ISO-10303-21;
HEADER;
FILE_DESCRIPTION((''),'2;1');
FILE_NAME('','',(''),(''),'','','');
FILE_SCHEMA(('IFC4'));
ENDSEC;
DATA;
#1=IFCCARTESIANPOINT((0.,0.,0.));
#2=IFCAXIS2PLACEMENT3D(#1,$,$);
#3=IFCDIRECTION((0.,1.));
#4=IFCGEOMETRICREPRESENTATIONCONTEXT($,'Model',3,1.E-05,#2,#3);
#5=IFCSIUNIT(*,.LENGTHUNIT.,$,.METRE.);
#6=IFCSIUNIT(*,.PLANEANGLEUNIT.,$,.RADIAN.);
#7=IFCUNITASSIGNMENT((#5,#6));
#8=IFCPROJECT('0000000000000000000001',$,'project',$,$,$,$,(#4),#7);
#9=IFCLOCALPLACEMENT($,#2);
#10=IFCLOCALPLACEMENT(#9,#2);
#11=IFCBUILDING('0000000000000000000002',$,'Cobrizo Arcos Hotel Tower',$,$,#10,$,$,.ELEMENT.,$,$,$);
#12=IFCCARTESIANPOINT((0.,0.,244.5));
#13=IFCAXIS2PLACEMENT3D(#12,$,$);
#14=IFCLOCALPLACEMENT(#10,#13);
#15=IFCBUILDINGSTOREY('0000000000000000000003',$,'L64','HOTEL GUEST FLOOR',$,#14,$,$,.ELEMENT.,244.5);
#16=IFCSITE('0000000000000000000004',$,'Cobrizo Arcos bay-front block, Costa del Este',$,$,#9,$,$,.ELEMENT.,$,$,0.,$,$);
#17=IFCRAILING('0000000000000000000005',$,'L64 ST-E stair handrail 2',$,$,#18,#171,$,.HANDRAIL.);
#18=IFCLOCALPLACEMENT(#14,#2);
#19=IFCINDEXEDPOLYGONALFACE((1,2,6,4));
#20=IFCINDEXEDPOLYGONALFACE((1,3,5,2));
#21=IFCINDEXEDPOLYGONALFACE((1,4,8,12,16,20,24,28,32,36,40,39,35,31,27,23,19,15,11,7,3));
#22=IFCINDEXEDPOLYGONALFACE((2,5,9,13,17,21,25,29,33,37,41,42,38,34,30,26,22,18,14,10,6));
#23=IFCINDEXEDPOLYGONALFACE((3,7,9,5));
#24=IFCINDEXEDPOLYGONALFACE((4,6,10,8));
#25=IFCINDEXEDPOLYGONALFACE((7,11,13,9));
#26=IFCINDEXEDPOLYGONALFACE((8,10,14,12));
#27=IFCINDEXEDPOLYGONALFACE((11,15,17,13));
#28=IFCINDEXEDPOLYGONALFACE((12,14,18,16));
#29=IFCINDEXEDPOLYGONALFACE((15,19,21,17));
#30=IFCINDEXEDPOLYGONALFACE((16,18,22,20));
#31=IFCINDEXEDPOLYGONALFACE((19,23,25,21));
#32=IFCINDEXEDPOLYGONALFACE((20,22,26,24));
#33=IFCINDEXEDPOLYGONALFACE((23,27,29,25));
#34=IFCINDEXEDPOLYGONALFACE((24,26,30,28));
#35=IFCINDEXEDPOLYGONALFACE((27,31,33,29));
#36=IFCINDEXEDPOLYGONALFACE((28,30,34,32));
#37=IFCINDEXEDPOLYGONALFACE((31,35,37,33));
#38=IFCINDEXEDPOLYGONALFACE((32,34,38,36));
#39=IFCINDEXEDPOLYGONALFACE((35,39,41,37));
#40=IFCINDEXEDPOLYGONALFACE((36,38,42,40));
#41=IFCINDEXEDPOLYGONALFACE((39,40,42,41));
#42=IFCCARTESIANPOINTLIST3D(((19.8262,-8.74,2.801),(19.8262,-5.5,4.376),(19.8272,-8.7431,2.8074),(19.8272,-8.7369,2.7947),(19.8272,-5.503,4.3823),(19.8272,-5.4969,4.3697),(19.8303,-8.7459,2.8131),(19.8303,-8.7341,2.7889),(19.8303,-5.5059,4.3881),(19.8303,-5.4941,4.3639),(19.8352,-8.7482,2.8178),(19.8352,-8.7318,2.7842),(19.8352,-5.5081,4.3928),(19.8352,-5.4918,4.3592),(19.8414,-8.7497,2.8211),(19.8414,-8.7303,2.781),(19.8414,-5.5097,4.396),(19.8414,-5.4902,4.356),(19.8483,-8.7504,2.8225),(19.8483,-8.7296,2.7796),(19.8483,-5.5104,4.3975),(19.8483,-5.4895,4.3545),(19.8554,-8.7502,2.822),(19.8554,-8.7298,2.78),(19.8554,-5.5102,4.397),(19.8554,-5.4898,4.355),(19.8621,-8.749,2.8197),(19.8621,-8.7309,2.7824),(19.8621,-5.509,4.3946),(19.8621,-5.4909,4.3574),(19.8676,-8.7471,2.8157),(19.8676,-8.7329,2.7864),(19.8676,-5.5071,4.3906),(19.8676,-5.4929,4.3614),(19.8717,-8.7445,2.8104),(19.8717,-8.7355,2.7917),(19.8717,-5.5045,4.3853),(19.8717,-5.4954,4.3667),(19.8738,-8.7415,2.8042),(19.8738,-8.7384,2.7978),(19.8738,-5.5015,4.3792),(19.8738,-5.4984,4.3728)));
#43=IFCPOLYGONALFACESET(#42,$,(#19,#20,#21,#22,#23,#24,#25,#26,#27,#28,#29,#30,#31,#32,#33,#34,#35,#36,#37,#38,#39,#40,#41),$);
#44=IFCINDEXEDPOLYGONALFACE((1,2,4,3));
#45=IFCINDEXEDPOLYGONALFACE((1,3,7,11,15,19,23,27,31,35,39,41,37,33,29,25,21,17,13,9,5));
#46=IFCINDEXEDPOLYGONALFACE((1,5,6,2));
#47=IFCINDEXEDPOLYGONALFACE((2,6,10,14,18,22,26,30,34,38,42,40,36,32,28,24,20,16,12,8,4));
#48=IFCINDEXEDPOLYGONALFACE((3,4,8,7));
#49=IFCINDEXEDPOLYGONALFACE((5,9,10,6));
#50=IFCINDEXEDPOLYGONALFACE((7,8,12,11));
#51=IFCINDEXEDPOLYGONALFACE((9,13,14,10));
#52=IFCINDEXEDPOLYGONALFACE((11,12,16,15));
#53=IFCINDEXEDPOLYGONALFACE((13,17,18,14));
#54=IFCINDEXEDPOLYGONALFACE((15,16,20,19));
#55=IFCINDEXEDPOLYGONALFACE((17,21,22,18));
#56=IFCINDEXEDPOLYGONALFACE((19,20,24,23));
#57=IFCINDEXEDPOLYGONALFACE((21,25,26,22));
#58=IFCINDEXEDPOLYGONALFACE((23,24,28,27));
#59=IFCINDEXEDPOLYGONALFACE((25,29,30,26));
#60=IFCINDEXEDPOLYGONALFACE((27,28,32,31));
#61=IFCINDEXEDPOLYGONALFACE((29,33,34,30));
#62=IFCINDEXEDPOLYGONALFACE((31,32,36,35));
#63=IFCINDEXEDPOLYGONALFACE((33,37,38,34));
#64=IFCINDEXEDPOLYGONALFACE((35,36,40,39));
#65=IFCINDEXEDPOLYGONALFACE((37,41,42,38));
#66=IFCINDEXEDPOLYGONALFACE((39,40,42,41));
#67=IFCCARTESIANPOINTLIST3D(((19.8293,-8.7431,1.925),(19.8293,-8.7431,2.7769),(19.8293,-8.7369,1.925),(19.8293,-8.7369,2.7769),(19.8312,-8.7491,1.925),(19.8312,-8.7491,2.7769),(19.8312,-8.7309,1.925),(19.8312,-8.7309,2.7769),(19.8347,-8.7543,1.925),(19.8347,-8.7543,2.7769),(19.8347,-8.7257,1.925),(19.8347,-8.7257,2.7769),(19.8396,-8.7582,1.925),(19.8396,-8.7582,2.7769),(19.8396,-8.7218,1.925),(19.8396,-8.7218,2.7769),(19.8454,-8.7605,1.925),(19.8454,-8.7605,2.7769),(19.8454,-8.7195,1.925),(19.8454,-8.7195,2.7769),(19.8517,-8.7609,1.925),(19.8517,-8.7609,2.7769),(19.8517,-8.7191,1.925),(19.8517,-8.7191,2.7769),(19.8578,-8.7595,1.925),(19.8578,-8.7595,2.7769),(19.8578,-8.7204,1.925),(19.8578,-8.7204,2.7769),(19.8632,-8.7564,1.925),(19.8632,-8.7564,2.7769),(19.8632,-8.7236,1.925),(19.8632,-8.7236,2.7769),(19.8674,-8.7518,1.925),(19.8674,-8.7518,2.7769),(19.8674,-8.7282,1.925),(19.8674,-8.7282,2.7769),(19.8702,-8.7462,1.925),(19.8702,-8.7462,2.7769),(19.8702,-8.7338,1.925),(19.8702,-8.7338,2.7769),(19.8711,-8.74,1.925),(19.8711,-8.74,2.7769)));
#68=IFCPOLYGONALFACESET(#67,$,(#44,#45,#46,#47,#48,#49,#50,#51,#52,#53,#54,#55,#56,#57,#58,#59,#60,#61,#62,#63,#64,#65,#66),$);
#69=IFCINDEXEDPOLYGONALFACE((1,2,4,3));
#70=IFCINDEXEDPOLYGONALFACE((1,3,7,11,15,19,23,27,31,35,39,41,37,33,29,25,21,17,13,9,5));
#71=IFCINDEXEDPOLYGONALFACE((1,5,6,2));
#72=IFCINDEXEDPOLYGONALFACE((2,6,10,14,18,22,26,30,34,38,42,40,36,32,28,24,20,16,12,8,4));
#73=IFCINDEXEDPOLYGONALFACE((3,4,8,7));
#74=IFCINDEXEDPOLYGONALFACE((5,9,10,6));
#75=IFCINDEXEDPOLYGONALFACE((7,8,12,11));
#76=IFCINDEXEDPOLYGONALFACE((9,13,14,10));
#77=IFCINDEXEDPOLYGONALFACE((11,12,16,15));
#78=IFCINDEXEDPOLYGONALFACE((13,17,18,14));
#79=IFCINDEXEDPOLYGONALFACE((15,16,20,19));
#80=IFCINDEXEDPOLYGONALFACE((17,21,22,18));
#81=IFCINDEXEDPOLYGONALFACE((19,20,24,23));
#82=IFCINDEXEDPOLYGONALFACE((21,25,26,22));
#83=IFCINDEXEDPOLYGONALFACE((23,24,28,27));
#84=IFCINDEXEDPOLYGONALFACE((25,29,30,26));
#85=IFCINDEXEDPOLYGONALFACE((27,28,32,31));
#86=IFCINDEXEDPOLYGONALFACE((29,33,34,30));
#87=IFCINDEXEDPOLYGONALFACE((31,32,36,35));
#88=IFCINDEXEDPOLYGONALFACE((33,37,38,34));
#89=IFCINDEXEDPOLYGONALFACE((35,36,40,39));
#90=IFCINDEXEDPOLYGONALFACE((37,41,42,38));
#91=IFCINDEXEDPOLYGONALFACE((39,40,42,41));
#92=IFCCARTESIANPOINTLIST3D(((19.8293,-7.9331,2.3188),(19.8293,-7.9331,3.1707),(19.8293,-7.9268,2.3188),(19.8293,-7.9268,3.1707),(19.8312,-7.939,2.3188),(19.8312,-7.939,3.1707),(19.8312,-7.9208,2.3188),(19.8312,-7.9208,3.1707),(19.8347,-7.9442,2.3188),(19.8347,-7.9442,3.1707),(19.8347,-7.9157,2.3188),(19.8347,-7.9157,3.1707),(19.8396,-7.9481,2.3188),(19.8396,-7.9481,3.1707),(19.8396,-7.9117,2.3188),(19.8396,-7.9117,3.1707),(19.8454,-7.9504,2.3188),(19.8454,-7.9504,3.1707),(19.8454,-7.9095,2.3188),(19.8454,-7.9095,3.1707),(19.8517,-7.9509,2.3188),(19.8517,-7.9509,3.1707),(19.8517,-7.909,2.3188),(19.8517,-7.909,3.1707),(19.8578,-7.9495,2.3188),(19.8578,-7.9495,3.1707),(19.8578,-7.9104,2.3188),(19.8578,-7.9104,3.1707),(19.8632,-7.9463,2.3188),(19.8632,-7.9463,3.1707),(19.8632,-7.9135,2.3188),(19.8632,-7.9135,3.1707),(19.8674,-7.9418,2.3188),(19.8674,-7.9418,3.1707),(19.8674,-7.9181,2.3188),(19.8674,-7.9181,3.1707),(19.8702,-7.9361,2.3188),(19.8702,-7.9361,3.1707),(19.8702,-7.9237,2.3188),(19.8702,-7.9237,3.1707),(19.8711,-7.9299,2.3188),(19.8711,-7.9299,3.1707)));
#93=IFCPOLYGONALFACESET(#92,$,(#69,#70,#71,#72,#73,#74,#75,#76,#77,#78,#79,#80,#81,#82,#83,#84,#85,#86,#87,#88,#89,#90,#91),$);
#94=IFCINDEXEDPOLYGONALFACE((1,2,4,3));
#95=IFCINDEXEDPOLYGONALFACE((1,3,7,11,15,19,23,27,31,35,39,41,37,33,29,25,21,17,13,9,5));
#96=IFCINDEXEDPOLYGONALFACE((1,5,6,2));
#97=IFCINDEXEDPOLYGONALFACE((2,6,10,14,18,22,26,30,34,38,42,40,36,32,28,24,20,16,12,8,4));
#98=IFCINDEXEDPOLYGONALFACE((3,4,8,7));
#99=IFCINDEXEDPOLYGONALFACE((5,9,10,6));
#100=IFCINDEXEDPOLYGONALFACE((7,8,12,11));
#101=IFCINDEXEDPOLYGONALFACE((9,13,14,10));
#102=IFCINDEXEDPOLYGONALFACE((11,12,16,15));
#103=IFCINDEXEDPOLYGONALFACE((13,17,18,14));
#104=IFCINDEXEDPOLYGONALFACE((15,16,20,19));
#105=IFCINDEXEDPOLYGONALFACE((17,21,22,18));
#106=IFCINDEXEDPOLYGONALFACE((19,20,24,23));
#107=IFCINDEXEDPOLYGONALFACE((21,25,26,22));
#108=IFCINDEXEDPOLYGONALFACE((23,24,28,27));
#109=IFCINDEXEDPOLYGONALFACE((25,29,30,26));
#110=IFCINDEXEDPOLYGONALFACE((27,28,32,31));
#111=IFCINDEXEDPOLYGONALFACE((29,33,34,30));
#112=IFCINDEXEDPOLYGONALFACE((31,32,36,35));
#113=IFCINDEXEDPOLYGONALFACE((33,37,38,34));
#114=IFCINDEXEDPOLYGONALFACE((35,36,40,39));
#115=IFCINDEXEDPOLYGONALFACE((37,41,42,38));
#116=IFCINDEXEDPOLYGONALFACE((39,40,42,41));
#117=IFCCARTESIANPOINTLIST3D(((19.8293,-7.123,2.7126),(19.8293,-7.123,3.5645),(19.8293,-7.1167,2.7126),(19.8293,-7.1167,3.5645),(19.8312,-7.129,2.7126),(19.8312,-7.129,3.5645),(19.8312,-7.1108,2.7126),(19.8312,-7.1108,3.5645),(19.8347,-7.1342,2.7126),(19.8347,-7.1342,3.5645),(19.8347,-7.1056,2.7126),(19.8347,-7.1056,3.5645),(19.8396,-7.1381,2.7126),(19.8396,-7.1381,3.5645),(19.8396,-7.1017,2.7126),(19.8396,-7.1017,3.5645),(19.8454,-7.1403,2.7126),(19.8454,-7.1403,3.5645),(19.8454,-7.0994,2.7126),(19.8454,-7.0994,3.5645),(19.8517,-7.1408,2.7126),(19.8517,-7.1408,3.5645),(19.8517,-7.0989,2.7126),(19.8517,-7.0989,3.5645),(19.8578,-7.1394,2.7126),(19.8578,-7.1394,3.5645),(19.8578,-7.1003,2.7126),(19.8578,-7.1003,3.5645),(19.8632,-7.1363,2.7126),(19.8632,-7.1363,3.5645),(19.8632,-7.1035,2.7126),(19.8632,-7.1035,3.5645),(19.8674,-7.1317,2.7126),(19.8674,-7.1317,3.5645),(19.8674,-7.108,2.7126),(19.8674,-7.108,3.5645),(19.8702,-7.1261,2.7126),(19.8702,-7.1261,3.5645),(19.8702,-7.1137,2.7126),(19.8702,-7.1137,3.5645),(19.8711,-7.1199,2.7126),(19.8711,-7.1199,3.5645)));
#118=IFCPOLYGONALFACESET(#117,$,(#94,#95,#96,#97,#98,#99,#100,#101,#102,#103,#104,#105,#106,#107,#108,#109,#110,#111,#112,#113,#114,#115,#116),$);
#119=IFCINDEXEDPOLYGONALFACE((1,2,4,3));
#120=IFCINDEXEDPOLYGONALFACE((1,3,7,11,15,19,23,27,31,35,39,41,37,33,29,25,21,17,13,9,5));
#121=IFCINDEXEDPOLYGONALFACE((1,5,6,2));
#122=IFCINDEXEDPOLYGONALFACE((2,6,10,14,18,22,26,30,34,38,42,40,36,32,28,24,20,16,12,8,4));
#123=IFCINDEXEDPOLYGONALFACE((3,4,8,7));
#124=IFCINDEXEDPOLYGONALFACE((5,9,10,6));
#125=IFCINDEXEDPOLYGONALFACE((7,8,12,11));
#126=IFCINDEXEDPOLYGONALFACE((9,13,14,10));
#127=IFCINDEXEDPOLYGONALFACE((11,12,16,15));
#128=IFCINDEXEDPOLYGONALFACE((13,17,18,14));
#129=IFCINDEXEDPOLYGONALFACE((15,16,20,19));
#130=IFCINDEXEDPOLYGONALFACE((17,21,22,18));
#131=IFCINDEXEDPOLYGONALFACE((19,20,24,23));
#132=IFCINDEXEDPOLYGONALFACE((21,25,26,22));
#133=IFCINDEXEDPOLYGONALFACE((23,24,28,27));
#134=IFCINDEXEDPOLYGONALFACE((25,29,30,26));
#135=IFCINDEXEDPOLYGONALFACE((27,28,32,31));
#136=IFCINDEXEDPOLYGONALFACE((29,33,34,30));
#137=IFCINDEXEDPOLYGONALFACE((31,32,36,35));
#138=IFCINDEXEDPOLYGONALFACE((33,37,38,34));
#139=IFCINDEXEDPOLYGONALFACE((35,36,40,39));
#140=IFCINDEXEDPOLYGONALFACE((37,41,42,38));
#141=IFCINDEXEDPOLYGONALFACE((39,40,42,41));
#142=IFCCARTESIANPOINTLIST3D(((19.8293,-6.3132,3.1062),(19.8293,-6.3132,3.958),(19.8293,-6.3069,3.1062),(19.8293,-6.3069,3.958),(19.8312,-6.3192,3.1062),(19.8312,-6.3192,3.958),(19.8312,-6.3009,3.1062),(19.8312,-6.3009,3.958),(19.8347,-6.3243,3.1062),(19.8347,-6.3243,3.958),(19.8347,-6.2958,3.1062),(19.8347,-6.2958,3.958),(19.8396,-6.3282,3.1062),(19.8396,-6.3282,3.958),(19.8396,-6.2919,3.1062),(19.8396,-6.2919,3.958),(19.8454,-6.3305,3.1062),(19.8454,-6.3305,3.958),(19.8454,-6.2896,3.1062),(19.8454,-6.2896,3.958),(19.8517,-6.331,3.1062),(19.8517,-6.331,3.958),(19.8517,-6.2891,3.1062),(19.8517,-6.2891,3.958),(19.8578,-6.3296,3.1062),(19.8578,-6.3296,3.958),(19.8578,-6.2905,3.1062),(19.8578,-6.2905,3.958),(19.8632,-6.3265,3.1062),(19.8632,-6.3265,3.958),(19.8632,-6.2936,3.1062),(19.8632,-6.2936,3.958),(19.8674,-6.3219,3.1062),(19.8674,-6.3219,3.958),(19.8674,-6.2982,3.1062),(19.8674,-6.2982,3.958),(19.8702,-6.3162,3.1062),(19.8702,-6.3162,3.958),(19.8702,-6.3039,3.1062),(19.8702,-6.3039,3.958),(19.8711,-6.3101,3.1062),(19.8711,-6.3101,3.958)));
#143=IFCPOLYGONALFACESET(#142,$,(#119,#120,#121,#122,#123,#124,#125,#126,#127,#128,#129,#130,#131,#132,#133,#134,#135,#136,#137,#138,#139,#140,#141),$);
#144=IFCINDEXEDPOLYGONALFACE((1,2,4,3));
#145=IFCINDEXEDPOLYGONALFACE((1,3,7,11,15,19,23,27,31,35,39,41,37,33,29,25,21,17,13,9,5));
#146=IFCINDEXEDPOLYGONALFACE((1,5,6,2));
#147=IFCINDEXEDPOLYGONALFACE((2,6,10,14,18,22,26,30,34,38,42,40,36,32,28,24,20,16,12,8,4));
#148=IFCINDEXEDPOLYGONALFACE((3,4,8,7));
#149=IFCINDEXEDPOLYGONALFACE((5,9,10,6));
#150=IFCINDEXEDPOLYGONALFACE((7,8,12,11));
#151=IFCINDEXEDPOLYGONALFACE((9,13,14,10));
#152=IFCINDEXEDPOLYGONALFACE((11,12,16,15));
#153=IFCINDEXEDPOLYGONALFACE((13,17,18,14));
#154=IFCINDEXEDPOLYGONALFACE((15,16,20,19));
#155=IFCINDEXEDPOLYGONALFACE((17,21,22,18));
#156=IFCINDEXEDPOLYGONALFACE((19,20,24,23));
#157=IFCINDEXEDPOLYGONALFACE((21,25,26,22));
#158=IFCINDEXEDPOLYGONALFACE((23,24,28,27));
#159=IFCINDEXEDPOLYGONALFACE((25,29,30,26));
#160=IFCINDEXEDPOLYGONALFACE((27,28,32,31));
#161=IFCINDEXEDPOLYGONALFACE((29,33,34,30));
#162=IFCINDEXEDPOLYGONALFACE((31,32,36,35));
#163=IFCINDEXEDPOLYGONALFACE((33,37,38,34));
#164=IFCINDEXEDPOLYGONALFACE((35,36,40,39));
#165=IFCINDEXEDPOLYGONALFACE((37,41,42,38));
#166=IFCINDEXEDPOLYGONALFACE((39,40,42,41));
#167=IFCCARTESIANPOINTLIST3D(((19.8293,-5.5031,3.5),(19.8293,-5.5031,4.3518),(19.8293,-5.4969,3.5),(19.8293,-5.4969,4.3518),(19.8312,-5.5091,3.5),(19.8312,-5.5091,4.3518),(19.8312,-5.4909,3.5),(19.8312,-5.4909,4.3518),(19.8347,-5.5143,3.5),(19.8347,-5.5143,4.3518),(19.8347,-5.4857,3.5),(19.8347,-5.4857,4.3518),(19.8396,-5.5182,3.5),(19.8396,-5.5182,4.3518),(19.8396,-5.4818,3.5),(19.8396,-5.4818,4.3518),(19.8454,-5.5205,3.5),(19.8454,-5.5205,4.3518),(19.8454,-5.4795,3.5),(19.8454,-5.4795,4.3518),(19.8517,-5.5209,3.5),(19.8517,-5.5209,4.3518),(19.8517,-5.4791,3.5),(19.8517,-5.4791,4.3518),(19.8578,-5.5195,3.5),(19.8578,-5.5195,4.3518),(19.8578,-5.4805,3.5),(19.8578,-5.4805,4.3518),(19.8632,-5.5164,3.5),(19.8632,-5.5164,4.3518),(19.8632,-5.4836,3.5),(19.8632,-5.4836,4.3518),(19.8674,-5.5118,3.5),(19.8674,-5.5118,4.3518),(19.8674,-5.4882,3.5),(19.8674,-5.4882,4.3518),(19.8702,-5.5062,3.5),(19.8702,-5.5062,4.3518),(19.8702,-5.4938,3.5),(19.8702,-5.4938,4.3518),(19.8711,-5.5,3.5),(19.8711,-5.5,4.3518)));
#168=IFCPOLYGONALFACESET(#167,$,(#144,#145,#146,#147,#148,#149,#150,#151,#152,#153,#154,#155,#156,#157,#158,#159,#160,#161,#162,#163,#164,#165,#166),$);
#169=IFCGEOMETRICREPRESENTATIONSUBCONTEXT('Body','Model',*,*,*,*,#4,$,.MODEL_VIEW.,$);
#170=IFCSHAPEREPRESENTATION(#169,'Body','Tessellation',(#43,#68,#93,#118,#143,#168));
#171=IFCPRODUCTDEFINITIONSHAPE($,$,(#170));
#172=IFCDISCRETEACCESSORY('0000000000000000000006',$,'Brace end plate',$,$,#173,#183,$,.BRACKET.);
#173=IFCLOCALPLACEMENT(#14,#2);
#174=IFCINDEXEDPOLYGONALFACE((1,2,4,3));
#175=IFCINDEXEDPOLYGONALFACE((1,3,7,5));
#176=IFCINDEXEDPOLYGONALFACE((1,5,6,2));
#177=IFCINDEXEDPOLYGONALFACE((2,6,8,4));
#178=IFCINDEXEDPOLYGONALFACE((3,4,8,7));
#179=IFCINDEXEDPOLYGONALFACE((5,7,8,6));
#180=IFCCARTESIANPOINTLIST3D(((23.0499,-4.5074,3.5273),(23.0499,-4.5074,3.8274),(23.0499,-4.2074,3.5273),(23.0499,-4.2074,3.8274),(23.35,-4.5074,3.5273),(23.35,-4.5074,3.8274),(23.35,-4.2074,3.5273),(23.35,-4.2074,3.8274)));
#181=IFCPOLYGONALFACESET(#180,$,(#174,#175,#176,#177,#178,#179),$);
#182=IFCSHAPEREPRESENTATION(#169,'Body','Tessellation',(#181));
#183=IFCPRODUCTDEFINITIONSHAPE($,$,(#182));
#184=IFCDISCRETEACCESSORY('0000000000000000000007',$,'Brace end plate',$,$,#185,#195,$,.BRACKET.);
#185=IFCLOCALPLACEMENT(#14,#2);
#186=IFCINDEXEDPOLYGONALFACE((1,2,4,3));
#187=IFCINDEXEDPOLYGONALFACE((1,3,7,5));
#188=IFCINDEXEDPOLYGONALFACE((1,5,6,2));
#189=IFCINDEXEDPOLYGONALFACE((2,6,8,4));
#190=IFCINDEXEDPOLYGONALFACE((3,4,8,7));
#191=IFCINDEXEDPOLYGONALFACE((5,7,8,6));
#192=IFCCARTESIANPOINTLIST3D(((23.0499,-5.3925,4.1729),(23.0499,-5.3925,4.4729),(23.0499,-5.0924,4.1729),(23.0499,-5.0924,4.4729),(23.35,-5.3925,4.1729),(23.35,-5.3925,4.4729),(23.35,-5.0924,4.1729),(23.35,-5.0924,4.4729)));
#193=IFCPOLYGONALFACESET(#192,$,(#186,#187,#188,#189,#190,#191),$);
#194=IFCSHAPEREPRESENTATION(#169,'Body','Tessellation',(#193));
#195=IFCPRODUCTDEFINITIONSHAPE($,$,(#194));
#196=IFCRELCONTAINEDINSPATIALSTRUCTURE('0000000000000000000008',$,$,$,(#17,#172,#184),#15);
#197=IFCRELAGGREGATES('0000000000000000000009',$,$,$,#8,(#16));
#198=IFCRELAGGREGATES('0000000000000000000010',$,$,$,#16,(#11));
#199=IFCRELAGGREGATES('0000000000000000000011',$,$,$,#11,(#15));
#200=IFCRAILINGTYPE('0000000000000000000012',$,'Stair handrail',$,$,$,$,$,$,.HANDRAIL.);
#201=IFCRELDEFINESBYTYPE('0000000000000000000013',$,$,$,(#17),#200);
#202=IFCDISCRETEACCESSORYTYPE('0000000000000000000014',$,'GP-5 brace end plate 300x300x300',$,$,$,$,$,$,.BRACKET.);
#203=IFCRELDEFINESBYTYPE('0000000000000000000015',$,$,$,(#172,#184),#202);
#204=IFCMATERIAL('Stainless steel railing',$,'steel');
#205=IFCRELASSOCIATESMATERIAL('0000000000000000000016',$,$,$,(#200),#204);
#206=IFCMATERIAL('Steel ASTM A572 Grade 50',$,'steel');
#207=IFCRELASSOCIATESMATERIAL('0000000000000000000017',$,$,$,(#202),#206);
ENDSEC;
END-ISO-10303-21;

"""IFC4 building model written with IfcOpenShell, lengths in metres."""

from ifc_helpers import new_model, si_unit, direction, frame, origin, origin_2d, place, context, subcontext, project, spatial, rectangle, circle, extrude, material, type_object, element, save


model = new_model("IFC4")

# Units and contexts
model_context = context("Model", 3, precision=1e-05, world=origin(), true_north=direction((0.0, 1.0)))
body_context = subcontext(model_context, "Body", "Model", "MODEL_VIEW")
ifc_project = project(units=[si_unit("LENGTHUNIT", "METRE"), si_unit("PLANEANGLEUNIT", "RADIAN")], contexts=[model_context])

# Site, building, storey
site_placement = place(None, origin())
site = spatial("IfcSite", under=ifc_project, at=site_placement, Name="Cobrizo Arcos bay-front block, Costa del Este", CompositionType="ELEMENT", RefElevation=0.0)
building_placement = place(site_placement, origin())
building = spatial("IfcBuilding", under=site, at=building_placement, Name="Cobrizo Arcos Hotel Tower", CompositionType="ELEMENT")
storey_placement = place(building_placement, frame((0.0, 0.0, 244.5)))
storey = spatial("IfcBuildingStorey", under=building, at=storey_placement, Name="L64", Description="HOTEL GUEST FLOOR", CompositionType="ELEMENT", Elevation=244.5)

# Shared definitions
ifc_material_1 = material(Name="Steel ASTM A572 Grade 50", Category="steel")

# Railing
ifc_material_2 = material(Name="Stainless steel railing", Category="steel")
railing_type_1 = type_object("IfcRailingType", Name="Stair handrail", PredefinedType="HANDRAIL", material=ifc_material_2)
railing_1_placement = place(storey_placement, frame((19.8501, -8.74, 1.925)))
element("IfcRailing", 1, at=railing_1_placement, inside=storey, type_object=railing_type_1, Name="L64 ST-E stair handrail 2", PredefinedType="HANDRAIL", context=body_context, shape_type="SweptSolid", body=[
    extrude(circle(Radius=0.0239, at=origin_2d()), frame((0.0, 0.0, 0.876), z_axis=(0.0, 0.899373, 0.437183), x_axis=(-1.0, 0.0, 0.0)), (0.0, 0.0, 1.0), 3.6025),
    extrude(circle(Radius=0.021, at=origin_2d()), origin(), (0.0, 0.0, 1.0), 0.8518),
    extrude(circle(Radius=0.021, at=origin_2d()), frame((0.0, 0.8101, 0.3938)), (0.0, 0.0, 1.0), 0.8518),
    extrude(circle(Radius=0.021, at=origin_2d()), frame((0.0, 1.6201, 0.7876)), (0.0, 0.0, 1.0), 0.8518),
    extrude(circle(Radius=0.021, at=origin_2d()), frame((0.0, 2.4299, 1.1812)), (0.0, 0.0, 1.0), 0.8518),
    extrude(circle(Radius=0.021, at=origin_2d()), frame((0.0, 3.24, 1.575)), (0.0, 0.0, 1.0), 0.8518),
])

# Discrete accessories
discrete_accessory_type = type_object("IfcDiscreteAccessoryType", Name="GP-5 brace end plate 300x300x300", PredefinedType="BRACKET", material=ifc_material_1)
for number, where, z_axis, x_axis, name in (
    (2, (23.2, -4.3574, 3.5273), (0.0, 0.0, 1.0), (1.0, 0.0, 0.0), "Brace end plate"),
    (3, (23.2, -5.2424, 4.1729), (0.0, 0.0, 1.0), (1.0, 0.0, 0.0), "Brace end plate"),
):
    element("IfcDiscreteAccessory", number, at=place(storey_placement, frame(where, z_axis=z_axis, x_axis=x_axis)), inside=storey, type_object=discrete_accessory_type, Name=name, PredefinedType="BRACKET", context=body_context, shape_type="SweptSolid", body=[
        extrude(rectangle(XDim=0.3, YDim=0.3, at=origin_2d()), origin(), (0.0, 0.0, 1.0), 0.3),
    ])

save(model, "model.ifc")
